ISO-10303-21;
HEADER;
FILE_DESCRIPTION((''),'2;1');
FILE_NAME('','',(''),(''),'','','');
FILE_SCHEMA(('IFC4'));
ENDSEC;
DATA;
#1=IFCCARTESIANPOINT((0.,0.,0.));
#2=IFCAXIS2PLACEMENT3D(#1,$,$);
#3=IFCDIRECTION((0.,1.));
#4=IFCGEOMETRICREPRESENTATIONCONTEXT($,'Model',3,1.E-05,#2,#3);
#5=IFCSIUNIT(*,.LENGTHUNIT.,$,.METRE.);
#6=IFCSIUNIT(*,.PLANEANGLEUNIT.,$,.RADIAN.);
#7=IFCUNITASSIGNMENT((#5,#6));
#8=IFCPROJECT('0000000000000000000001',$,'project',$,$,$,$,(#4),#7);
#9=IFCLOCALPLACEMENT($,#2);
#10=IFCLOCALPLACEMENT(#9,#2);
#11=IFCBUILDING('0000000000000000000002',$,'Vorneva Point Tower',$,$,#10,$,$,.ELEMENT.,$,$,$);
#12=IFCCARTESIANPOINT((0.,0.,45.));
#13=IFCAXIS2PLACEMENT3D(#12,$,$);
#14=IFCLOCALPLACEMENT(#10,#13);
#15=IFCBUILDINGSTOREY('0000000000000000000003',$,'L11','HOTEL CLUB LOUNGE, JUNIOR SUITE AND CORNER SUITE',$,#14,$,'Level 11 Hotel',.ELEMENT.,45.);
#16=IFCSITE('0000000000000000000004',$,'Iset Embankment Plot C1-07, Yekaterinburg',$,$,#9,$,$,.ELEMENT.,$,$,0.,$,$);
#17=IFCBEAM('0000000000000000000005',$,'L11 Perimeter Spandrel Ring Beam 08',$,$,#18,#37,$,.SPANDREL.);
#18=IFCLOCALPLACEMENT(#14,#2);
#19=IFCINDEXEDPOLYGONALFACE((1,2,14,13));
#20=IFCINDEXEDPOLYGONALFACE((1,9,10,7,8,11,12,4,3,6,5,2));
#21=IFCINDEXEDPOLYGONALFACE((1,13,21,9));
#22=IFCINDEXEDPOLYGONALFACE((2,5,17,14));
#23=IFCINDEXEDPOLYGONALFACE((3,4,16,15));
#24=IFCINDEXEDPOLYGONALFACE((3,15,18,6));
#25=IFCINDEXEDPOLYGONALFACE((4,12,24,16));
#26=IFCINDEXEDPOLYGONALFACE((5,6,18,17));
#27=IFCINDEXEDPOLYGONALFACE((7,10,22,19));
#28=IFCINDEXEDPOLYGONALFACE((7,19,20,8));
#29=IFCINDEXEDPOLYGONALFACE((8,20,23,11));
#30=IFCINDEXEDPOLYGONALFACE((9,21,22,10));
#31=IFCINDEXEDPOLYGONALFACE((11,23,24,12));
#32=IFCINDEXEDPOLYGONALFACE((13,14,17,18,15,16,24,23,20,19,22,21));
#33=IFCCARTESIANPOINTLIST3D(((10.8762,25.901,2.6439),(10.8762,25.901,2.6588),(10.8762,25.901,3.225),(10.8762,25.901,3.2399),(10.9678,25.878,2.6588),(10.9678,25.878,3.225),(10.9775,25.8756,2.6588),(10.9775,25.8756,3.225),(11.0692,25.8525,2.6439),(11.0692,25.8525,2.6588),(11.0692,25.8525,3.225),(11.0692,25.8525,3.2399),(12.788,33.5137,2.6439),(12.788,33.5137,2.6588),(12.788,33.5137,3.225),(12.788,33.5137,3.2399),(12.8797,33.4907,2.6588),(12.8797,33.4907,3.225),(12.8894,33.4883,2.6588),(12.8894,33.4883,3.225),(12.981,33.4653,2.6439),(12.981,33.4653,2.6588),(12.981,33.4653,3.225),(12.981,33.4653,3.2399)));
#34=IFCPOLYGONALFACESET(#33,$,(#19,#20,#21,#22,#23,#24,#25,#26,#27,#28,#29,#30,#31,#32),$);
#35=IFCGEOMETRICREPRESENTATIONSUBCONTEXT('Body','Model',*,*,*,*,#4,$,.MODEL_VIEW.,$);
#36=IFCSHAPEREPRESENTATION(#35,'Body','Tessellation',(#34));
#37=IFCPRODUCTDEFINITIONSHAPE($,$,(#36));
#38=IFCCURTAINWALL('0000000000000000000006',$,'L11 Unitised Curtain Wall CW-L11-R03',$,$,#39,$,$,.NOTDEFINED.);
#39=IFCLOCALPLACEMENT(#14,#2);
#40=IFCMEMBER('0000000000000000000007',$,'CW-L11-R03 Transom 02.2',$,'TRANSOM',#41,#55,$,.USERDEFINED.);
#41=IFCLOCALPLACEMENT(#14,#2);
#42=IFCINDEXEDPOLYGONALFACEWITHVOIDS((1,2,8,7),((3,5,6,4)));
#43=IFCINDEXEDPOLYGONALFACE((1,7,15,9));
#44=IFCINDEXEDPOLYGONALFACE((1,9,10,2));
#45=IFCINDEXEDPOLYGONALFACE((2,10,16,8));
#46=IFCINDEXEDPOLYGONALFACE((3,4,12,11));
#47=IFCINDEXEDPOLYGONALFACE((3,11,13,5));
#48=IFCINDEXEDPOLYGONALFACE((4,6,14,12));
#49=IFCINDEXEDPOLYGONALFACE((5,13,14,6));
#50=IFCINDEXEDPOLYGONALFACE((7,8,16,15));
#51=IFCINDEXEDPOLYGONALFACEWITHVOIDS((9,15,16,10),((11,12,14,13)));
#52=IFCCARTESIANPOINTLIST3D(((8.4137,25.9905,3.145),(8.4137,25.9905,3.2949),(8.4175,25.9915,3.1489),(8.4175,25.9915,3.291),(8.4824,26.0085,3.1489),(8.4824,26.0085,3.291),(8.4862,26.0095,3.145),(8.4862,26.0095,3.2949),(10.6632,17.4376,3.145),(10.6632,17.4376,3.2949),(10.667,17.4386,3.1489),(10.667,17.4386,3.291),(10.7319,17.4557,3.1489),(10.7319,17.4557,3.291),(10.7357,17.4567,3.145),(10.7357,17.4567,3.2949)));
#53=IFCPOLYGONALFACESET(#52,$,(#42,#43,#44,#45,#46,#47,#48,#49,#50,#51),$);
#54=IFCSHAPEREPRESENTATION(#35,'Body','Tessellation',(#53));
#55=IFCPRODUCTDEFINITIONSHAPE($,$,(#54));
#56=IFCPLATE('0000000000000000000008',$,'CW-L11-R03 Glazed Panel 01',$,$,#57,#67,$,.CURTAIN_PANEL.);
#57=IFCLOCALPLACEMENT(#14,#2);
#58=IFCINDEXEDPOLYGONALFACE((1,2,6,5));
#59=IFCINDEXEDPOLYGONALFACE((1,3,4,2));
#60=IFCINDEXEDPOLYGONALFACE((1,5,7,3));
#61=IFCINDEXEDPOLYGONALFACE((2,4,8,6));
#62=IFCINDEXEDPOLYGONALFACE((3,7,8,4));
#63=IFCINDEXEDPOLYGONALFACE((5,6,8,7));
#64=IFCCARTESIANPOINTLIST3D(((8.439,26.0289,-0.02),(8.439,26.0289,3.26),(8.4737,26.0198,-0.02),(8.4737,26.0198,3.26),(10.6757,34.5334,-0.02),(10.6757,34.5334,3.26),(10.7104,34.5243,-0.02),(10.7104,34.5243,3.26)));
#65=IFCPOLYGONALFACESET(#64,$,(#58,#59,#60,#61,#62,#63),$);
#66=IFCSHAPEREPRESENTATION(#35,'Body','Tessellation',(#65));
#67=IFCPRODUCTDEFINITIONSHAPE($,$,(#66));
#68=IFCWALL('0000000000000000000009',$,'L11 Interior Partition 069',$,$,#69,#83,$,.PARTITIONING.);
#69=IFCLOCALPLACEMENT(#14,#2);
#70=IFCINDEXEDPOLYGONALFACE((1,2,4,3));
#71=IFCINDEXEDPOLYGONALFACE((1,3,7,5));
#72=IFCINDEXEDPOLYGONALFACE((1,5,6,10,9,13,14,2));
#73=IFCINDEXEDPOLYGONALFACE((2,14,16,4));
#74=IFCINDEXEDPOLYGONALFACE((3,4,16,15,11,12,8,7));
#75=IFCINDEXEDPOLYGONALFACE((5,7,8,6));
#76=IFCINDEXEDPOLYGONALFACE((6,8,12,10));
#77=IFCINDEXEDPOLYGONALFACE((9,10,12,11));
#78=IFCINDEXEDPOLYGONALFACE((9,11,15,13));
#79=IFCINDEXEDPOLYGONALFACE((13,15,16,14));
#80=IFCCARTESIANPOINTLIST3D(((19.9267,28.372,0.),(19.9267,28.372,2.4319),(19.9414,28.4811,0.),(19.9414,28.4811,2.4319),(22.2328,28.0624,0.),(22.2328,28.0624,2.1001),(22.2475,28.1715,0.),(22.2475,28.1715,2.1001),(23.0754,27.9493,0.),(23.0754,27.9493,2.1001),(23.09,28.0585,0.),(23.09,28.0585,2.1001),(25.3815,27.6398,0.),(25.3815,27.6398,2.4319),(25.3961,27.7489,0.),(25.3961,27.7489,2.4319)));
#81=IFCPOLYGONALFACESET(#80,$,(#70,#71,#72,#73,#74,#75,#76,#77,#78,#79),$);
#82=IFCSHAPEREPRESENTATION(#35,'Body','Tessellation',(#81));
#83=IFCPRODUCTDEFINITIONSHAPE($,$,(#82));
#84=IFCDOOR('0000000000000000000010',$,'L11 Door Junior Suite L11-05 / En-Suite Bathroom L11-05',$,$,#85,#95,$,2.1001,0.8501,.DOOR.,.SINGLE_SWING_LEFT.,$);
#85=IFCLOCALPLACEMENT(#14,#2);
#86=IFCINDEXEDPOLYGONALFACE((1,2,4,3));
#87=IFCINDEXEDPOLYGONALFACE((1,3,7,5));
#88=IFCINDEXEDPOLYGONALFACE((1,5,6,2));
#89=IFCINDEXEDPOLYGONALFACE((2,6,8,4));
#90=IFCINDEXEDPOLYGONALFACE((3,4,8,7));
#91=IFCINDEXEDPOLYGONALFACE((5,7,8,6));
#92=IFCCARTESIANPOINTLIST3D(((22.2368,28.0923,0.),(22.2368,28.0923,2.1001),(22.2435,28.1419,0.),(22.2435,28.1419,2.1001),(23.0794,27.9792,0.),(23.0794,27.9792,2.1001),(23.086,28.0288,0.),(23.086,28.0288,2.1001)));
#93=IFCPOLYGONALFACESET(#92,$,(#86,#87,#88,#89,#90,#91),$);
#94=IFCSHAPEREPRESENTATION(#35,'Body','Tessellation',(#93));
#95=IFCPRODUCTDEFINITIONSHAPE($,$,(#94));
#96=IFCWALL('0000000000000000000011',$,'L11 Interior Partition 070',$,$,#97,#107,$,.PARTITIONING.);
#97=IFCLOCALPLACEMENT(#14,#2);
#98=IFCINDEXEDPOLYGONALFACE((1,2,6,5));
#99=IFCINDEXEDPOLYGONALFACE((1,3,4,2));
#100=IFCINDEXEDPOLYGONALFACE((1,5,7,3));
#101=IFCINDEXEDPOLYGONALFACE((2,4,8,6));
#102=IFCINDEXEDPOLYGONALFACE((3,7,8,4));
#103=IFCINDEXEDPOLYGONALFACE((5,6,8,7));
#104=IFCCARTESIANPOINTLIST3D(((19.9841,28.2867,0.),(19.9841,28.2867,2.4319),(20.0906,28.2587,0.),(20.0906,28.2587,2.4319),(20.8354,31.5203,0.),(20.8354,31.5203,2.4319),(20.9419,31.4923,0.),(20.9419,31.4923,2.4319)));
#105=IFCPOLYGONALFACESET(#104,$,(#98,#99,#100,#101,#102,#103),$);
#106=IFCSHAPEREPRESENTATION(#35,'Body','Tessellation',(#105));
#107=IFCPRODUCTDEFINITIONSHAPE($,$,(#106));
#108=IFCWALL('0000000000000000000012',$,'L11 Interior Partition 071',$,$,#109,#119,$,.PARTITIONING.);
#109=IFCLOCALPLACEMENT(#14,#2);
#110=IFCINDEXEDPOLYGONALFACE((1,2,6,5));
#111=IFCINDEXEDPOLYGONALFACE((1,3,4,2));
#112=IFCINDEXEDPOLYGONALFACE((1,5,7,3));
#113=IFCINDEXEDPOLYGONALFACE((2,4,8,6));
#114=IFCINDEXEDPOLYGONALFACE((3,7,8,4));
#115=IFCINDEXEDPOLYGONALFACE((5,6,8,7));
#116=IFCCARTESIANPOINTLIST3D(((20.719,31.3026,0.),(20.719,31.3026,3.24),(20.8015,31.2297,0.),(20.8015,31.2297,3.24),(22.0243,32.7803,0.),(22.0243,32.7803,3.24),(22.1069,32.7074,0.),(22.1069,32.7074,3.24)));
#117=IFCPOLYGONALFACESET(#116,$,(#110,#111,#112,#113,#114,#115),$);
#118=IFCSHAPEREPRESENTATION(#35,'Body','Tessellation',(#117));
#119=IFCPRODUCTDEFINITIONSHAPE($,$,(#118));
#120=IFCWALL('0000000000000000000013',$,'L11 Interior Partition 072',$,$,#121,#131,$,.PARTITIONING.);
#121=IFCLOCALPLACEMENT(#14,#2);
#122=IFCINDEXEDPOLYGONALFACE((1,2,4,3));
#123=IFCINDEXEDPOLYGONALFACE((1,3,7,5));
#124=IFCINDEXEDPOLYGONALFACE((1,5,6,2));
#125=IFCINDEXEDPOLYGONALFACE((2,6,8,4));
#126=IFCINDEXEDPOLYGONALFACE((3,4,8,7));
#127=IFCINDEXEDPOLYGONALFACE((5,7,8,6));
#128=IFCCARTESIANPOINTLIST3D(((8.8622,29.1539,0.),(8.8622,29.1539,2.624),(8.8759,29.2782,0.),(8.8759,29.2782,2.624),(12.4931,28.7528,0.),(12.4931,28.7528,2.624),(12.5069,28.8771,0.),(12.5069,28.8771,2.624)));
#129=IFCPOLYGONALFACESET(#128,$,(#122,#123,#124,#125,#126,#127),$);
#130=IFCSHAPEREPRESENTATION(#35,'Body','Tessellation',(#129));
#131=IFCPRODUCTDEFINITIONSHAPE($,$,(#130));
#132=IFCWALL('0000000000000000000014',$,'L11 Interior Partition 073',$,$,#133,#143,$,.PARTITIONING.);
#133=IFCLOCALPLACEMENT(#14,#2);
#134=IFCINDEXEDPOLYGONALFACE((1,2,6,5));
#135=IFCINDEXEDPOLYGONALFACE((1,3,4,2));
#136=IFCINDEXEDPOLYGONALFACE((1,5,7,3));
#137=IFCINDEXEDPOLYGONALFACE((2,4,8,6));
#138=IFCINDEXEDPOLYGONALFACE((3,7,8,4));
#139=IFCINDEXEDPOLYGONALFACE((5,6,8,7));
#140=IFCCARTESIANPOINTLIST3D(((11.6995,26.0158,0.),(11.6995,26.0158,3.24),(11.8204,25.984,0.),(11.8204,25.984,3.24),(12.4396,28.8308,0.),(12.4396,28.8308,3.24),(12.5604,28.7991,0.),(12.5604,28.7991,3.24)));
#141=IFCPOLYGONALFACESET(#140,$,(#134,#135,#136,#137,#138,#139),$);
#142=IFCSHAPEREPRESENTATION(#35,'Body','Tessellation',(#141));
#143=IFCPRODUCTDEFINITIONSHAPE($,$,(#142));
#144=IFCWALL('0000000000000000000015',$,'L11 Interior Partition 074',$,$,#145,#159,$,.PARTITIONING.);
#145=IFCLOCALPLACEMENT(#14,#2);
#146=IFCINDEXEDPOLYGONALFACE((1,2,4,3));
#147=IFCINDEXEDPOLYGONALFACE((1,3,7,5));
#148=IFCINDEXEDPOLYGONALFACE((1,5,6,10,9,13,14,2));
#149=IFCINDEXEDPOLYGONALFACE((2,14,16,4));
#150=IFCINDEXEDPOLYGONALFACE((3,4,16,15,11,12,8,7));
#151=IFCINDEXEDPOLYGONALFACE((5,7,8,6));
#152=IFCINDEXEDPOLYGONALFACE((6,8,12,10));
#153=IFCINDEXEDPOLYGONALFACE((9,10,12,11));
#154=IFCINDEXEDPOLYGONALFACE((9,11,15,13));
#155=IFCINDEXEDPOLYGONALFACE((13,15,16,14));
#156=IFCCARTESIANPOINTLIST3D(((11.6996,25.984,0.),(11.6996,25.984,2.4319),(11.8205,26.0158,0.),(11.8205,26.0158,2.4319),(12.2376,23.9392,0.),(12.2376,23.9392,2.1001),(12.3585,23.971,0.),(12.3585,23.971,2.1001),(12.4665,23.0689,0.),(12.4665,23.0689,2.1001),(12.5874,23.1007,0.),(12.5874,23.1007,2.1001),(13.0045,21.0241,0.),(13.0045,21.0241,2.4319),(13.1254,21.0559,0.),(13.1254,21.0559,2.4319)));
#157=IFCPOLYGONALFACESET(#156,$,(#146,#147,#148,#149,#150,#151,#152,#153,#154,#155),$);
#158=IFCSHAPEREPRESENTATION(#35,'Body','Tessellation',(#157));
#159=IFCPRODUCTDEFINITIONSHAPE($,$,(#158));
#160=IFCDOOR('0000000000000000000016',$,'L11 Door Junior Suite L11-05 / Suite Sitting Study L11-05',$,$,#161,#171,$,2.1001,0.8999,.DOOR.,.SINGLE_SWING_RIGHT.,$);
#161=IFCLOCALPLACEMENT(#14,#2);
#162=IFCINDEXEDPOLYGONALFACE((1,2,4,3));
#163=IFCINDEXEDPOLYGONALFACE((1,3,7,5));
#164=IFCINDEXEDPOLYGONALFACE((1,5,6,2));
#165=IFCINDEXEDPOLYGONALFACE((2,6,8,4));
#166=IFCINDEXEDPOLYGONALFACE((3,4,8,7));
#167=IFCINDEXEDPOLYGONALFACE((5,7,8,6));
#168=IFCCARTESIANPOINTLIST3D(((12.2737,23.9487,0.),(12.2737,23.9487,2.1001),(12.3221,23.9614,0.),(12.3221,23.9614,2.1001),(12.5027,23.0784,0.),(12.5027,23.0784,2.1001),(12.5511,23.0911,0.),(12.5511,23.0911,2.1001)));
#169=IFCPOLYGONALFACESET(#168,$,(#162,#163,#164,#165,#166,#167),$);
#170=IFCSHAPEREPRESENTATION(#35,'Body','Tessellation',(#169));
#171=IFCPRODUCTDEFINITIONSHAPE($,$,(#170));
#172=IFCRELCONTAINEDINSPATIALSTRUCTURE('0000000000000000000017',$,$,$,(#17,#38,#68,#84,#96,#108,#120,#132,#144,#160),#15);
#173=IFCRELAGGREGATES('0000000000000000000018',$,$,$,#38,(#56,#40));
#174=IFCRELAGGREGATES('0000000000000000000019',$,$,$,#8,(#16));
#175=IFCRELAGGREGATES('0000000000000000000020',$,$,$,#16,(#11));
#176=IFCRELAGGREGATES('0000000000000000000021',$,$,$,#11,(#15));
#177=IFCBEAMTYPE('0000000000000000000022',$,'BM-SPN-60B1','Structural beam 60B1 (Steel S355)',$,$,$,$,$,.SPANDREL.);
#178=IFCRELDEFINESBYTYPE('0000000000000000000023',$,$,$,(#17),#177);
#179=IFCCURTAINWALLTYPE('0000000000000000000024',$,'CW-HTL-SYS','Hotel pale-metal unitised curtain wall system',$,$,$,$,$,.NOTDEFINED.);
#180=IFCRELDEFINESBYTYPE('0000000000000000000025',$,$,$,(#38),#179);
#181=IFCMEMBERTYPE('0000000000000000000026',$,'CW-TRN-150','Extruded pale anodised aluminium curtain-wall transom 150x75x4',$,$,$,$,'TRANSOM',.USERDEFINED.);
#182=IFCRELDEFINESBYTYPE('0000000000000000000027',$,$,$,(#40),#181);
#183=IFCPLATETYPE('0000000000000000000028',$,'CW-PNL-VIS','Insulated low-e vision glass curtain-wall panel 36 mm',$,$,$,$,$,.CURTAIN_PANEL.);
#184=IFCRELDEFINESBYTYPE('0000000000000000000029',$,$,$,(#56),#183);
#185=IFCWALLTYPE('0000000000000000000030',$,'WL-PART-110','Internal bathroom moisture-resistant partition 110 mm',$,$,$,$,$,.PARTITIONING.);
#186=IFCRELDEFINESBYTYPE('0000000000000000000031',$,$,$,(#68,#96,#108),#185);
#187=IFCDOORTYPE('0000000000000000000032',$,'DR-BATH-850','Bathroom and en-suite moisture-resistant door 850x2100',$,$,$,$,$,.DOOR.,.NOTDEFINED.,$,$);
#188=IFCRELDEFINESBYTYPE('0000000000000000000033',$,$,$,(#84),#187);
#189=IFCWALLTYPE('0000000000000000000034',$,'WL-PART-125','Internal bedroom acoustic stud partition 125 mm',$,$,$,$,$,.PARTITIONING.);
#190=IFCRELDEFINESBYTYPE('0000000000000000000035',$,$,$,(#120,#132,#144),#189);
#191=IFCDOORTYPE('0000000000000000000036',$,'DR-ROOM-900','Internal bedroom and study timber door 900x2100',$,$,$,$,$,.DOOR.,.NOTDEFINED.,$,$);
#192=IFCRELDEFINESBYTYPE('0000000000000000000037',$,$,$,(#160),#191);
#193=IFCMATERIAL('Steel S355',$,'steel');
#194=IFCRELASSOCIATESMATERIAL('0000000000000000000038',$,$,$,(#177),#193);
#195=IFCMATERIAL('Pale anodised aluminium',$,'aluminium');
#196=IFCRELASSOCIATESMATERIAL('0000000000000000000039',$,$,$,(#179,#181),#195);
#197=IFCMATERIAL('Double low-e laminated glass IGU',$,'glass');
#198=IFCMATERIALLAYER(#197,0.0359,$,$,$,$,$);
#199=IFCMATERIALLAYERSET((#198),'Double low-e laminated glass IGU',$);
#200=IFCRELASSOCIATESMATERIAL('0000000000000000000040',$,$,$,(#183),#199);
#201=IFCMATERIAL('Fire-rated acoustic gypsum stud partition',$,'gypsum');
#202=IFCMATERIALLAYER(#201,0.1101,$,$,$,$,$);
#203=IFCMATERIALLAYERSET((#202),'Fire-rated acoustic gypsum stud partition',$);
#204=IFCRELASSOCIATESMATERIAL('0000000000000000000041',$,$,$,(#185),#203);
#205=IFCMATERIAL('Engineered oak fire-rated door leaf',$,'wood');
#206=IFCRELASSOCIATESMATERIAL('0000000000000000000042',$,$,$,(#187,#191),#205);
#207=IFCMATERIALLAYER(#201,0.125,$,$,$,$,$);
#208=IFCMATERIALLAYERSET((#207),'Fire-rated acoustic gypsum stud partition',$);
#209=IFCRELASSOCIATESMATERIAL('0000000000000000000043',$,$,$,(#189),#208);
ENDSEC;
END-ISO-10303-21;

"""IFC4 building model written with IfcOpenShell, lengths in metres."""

from ifc_helpers import new_model, si_unit, direction, frame, frame_2d, origin, origin_2d, place, context, subcontext, project, spatial, rectangle, hollow_rectangle, i_section, extrude, material, layer, layer_set, material_profile, profile_set, type_object, element, fill, aggregate, save


model = new_model("IFC4")

# Units and contexts
model_context = context("Model", 3, precision=1e-05, world=origin(), true_north=direction((0.0, 1.0)))
body_context = subcontext(model_context, "Body", "Model", "MODEL_VIEW")
ifc_project = project(units=[si_unit("LENGTHUNIT", "METRE"), si_unit("PLANEANGLEUNIT", "RADIAN")], contexts=[model_context])

# Site, building, storey
site_placement = place(None, origin())
site = spatial("IfcSite", under=ifc_project, at=site_placement, Name="Iset Embankment Plot C1-07, Yekaterinburg", CompositionType="ELEMENT", RefElevation=0.0)
building_placement = place(site_placement, origin())
building = spatial("IfcBuilding", under=site, at=building_placement, Name="Vorneva Point Tower", CompositionType="ELEMENT")
storey_placement = place(building_placement, frame((0.0, 0.0, 45.0)))
storey = spatial("IfcBuildingStorey", under=building, at=storey_placement, Name="L11", Description="HOTEL CLUB LOUNGE, JUNIOR SUITE AND CORNER SUITE", LongName="Level 11 Hotel", CompositionType="ELEMENT", Elevation=45.0)

# Beam
ifc_material_1 = material(Name="Steel S355", Category="steel")
ifc_material_profile_1 = material_profile(ifc_material_1, i_section(OverallWidth=0.199, OverallDepth=0.5959, WebThickness=0.01, FlangeThickness=0.0149, at=origin_2d()), Name="60B1")
ifc_profile_set_1 = profile_set([ifc_material_profile_1], Name="Steel S355")
beam_type_1 = type_object("IfcBeamType", Name="BM-SPN-60B1", Description="Structural beam 60B1 (Steel S355)", PredefinedType="SPANDREL", material=ifc_profile_set_1)
beam_1_placement = place(storey_placement, frame((12.8845, 33.4895, 2.9419), z_axis=(-0.243575, -0.969882, 0.0), x_axis=(0.969882, -0.243575, 0.0)))
element("IfcBeam", 1, at=beam_1_placement, inside=storey, type_object=beam_type_1, Name="L11 Perimeter Spandrel Ring Beam 08", PredefinedType="SPANDREL", context=body_context, shape_type="SweptSolid", body=[
    extrude(i_section(OverallWidth=0.199, OverallDepth=0.5959, WebThickness=0.01, FlangeThickness=0.0149, at=origin_2d()), origin(), (0.0, 0.0, 1.0), 7.8491),
])

# Curtain wall, member, plate
ifc_material_2 = material(Name="Pale anodised aluminium", Category="aluminium")
curtain_wall_type = type_object("IfcCurtainWallType", Name="CW-HTL-SYS", Description="Hotel pale-metal unitised curtain wall system", PredefinedType="NOTDEFINED", material=ifc_material_2)
curtain_wall_placement = place(storey_placement, origin())
curtain_wall = element("IfcCurtainWall", 2, at=curtain_wall_placement, inside=storey, type_object=curtain_wall_type, Name="L11 Unitised Curtain Wall CW-L11-R03", PredefinedType="NOTDEFINED")
ifc_material_profile_2 = material_profile(ifc_material_2, hollow_rectangle(XDim=0.075, YDim=0.1499, WallThickness=0.0039, at=origin_2d()), Name="AL-TRN 150x75x4")
ifc_profile_set_2 = profile_set([ifc_material_profile_2], Name="Pale anodised aluminium")
member_type = type_object("IfcMemberType", Name="CW-TRN-150", Description="Extruded pale anodised aluminium curtain-wall transom 150x75x4", ElementType="TRANSOM", PredefinedType="USERDEFINED", material=ifc_profile_set_2)
member_placement = place(storey_placement, frame((8.45, 26.0, 3.22), z_axis=(0.254359, -0.96711, 0.0), x_axis=(0.96711, 0.254359, 0.0)))
member = element("IfcMember", 3, at=member_placement, type_object=member_type, Name="CW-L11-R03 Transom 02.2", ObjectType="TRANSOM", PredefinedType="USERDEFINED", context=body_context, shape_type="SweptSolid", body=[
    extrude(hollow_rectangle(XDim=0.075, YDim=0.1499, WallThickness=0.0039, at=origin_2d()), origin(), (0.0, 0.0, 1.0), 8.8438),
])
ifc_material_3 = material(Name="Double low-e laminated glass IGU", Category="glass")
ifc_layer_1 = layer(ifc_material_3, 0.0359)
ifc_layer_set_1 = layer_set([ifc_layer_1], Name="Double low-e laminated glass IGU")
plate_type = type_object("IfcPlateType", Name="CW-PNL-VIS", Description="Insulated low-e vision glass curtain-wall panel 36 mm", PredefinedType="CURTAIN_PANEL", material=ifc_layer_set_1)
plate_placement = place(storey_placement, frame((9.5747, 30.2766, -0.02), z_axis=(0.0, 0.0, 1.0), x_axis=(-0.254349, -0.967113, 0.0)))
plate = element("IfcPlate", 4, at=plate_placement, type_object=plate_type, Name="CW-L11-R03 Glazed Panel 01", PredefinedType="CURTAIN_PANEL", context=body_context, shape_type="SweptSolid", body=[
    extrude(rectangle(XDim=8.7937, YDim=0.0359, at=origin_2d()), origin(), (0.0, 0.0, 1.0), 3.28),
])
aggregate(curtain_wall, [plate, member])

# Wall, opening, door
ifc_material_4 = material(Name="Fire-rated acoustic gypsum stud partition", Category="gypsum")
ifc_layer_2 = layer(ifc_material_4, 0.1101)
ifc_layer_set_2 = layer_set([ifc_layer_2], Name="Fire-rated acoustic gypsum stud partition")
wall_type_1 = type_object("IfcWallType", Name="WL-PART-110", Description="Internal bathroom moisture-resistant partition 110 mm", PredefinedType="PARTITIONING", material=ifc_layer_set_2)
wall_1_placement = place(storey_placement, frame((25.3889, 27.6943, 0.0), z_axis=(0.0, 0.0, 1.0), x_axis=(-0.991112, 0.133032, 0.0)))
wall_1 = element("IfcWall", 5, at=wall_1_placement, inside=storey, type_object=wall_type_1, Name="L11 Interior Partition 069", PredefinedType="PARTITIONING", context=body_context, shape_type="SweptSolid", body=[
    extrude(rectangle(XDim=5.5037, YDim=0.1101, at=frame_2d((2.752, 0.0))), origin(), (0.0, 0.0, 1.0), 2.4319),
])
opening_1_placement = place(wall_1_placement, frame((2.3269, 0.0, 0.0)))
opening_1 = element("IfcOpeningElement", 6, at=opening_1_placement, cuts=wall_1, PredefinedType="OPENING", context=body_context, shape_type="SweptSolid", body=[
    extrude(rectangle(XDim=0.8501, YDim=2.1001, at=frame_2d((0.425, 1.05))), frame((0.0, 0.0698, 0.0), z_axis=(0.0, -1.0, 0.0), x_axis=(1.0, 0.0, 0.0)), (0.0, 0.0, 1.0), 0.1399),
])
ifc_material_5 = material(Name="Engineered oak fire-rated door leaf", Category="wood")
door_type_1 = type_object("IfcDoorType", Name="DR-BATH-850", Description="Bathroom and en-suite moisture-resistant door 850x2100", OperationType="NOTDEFINED", PredefinedType="DOOR", material=ifc_material_5)
door_1_placement = place(opening_1_placement, origin())
door_1 = element("IfcDoor", 7, at=door_1_placement, inside=storey, type_object=door_type_1, Name="L11 Door Junior Suite L11-05 / En-Suite Bathroom L11-05", OperationType="SINGLE_SWING_LEFT", OverallHeight=2.1001, OverallWidth=0.8501, PredefinedType="DOOR", context=body_context, shape_type="SweptSolid", body=[
    extrude(rectangle(XDim=0.8501, YDim=2.1001, at=frame_2d((0.425, 1.05))), frame((0.0, 0.0249, 0.0), z_axis=(0.0, -1.0, 0.0), x_axis=(1.0, 0.0, 0.0)), (0.0, 0.0, 1.0), 0.05),
])
fill(opening_1, door_1)

# Walls
wall_2_placement = place(storey_placement, frame((20.0374, 28.2727, 0.0), z_axis=(0.0, 0.0, 1.0), x_axis=(0.254594, 0.967048, 0.0)))
element("IfcWall", 8, at=wall_2_placement, inside=storey, type_object=wall_type_1, Name="L11 Interior Partition 070", PredefinedType="PARTITIONING", context=body_context, shape_type="SweptSolid", body=[
    extrude(rectangle(XDim=3.3438, YDim=0.1101, at=frame_2d((1.6719, 0.0))), origin(), (0.0, 0.0, 1.0), 2.4319),
])
wall_3_placement = place(storey_placement, frame((20.7603, 31.2661, 0.0), z_axis=(0.0, 0.0, 1.0), x_axis=(0.662047, 0.749462, 0.0)))
element("IfcWall", 9, at=wall_3_placement, inside=storey, type_object=wall_type_1, Name="L11 Interior Partition 071", PredefinedType="PARTITIONING", context=body_context, shape_type="SweptSolid", body=[
    extrude(rectangle(XDim=1.9717, YDim=0.1101, at=frame_2d((0.9858, 0.0))), origin(), (0.0, 0.0, 1.0), 3.24),
])
ifc_layer_3 = layer(ifc_material_4, 0.125)
ifc_layer_set_3 = layer_set([ifc_layer_3], Name="Fire-rated acoustic gypsum stud partition")
wall_type_2 = type_object("IfcWallType", Name="WL-PART-125", Description="Internal bedroom acoustic stud partition 125 mm", PredefinedType="PARTITIONING", material=ifc_layer_set_3)
wall_4_placement = place(storey_placement, frame((8.8689, 29.2161, 0.0), z_axis=(0.0, 0.0, 1.0), x_axis=(0.993954, -0.109801, 0.0)))
element("IfcWall", 10, at=wall_4_placement, inside=storey, type_object=wall_type_2, Name="L11 Interior Partition 072", PredefinedType="PARTITIONING", context=body_context, shape_type="SweptSolid", body=[
    extrude(rectangle(XDim=3.6531, YDim=0.125, at=frame_2d((1.8267, 0.0))), origin(), (0.0, 0.0, 1.0), 2.624),
])
wall_5_placement = place(storey_placement, frame((12.5, 28.8149, 0.0), z_axis=(0.0, 0.0, 1.0), x_axis=(-0.254241, -0.967141, 0.0)))
element("IfcWall", 11, at=wall_5_placement, inside=storey, type_object=wall_type_2, Name="L11 Interior Partition 073", PredefinedType="PARTITIONING", context=body_context, shape_type="SweptSolid", body=[
    extrude(rectangle(XDim=2.9106, YDim=0.125, at=frame_2d((1.4553, 0.0))), origin(), (0.0, 0.0, 1.0), 3.24),
])

# Wall, opening, door
wall_6_placement = place(storey_placement, frame((11.76, 26.0, 0.0), z_axis=(0.0, 0.0, 1.0), x_axis=(0.254435, -0.96709, 0.0)))
wall_6 = element("IfcWall", 12, at=wall_6_placement, inside=storey, type_object=wall_type_2, Name="L11 Interior Partition 074", PredefinedType="PARTITIONING", context=body_context, shape_type="SweptSolid", body=[
    extrude(rectangle(XDim=5.1287, YDim=0.125, at=frame_2d((2.5645, 0.0))), origin(), (0.0, 0.0, 1.0), 2.4319),
])
opening_2_placement = place(wall_6_placement, frame((2.1145, 0.0, 0.0)))
opening_2 = element("IfcOpeningElement", 13, at=opening_2_placement, cuts=wall_6, PredefinedType="OPENING", context=body_context, shape_type="SweptSolid", body=[
    extrude(rectangle(XDim=0.8999, YDim=2.1001, at=frame_2d((0.45, 1.05))), frame((0.0, 0.0774, 0.0), z_axis=(0.0, -1.0, 0.0), x_axis=(1.0, 0.0, 0.0)), (0.0, 0.0, 1.0), 0.1548),
])
door_type_2 = type_object("IfcDoorType", Name="DR-ROOM-900", Description="Internal bedroom and study timber door 900x2100", OperationType="NOTDEFINED", PredefinedType="DOOR", material=ifc_material_5)
door_2_placement = place(opening_2_placement, origin())
door_2 = element("IfcDoor", 14, at=door_2_placement, inside=storey, type_object=door_type_2, Name="L11 Door Junior Suite L11-05 / Suite Sitting Study L11-05", OperationType="SINGLE_SWING_RIGHT", OverallHeight=2.1001, OverallWidth=0.8999, PredefinedType="DOOR", context=body_context, shape_type="SweptSolid", body=[
    extrude(rectangle(XDim=0.8999, YDim=2.1001, at=frame_2d((0.45, 1.05))), frame((0.0, 0.0249, 0.0), z_axis=(0.0, -1.0, 0.0), x_axis=(1.0, 0.0, 0.0)), (0.0, 0.0, 1.0), 0.05),
])
fill(opening_2, door_2)

save(model, "model.ifc")
